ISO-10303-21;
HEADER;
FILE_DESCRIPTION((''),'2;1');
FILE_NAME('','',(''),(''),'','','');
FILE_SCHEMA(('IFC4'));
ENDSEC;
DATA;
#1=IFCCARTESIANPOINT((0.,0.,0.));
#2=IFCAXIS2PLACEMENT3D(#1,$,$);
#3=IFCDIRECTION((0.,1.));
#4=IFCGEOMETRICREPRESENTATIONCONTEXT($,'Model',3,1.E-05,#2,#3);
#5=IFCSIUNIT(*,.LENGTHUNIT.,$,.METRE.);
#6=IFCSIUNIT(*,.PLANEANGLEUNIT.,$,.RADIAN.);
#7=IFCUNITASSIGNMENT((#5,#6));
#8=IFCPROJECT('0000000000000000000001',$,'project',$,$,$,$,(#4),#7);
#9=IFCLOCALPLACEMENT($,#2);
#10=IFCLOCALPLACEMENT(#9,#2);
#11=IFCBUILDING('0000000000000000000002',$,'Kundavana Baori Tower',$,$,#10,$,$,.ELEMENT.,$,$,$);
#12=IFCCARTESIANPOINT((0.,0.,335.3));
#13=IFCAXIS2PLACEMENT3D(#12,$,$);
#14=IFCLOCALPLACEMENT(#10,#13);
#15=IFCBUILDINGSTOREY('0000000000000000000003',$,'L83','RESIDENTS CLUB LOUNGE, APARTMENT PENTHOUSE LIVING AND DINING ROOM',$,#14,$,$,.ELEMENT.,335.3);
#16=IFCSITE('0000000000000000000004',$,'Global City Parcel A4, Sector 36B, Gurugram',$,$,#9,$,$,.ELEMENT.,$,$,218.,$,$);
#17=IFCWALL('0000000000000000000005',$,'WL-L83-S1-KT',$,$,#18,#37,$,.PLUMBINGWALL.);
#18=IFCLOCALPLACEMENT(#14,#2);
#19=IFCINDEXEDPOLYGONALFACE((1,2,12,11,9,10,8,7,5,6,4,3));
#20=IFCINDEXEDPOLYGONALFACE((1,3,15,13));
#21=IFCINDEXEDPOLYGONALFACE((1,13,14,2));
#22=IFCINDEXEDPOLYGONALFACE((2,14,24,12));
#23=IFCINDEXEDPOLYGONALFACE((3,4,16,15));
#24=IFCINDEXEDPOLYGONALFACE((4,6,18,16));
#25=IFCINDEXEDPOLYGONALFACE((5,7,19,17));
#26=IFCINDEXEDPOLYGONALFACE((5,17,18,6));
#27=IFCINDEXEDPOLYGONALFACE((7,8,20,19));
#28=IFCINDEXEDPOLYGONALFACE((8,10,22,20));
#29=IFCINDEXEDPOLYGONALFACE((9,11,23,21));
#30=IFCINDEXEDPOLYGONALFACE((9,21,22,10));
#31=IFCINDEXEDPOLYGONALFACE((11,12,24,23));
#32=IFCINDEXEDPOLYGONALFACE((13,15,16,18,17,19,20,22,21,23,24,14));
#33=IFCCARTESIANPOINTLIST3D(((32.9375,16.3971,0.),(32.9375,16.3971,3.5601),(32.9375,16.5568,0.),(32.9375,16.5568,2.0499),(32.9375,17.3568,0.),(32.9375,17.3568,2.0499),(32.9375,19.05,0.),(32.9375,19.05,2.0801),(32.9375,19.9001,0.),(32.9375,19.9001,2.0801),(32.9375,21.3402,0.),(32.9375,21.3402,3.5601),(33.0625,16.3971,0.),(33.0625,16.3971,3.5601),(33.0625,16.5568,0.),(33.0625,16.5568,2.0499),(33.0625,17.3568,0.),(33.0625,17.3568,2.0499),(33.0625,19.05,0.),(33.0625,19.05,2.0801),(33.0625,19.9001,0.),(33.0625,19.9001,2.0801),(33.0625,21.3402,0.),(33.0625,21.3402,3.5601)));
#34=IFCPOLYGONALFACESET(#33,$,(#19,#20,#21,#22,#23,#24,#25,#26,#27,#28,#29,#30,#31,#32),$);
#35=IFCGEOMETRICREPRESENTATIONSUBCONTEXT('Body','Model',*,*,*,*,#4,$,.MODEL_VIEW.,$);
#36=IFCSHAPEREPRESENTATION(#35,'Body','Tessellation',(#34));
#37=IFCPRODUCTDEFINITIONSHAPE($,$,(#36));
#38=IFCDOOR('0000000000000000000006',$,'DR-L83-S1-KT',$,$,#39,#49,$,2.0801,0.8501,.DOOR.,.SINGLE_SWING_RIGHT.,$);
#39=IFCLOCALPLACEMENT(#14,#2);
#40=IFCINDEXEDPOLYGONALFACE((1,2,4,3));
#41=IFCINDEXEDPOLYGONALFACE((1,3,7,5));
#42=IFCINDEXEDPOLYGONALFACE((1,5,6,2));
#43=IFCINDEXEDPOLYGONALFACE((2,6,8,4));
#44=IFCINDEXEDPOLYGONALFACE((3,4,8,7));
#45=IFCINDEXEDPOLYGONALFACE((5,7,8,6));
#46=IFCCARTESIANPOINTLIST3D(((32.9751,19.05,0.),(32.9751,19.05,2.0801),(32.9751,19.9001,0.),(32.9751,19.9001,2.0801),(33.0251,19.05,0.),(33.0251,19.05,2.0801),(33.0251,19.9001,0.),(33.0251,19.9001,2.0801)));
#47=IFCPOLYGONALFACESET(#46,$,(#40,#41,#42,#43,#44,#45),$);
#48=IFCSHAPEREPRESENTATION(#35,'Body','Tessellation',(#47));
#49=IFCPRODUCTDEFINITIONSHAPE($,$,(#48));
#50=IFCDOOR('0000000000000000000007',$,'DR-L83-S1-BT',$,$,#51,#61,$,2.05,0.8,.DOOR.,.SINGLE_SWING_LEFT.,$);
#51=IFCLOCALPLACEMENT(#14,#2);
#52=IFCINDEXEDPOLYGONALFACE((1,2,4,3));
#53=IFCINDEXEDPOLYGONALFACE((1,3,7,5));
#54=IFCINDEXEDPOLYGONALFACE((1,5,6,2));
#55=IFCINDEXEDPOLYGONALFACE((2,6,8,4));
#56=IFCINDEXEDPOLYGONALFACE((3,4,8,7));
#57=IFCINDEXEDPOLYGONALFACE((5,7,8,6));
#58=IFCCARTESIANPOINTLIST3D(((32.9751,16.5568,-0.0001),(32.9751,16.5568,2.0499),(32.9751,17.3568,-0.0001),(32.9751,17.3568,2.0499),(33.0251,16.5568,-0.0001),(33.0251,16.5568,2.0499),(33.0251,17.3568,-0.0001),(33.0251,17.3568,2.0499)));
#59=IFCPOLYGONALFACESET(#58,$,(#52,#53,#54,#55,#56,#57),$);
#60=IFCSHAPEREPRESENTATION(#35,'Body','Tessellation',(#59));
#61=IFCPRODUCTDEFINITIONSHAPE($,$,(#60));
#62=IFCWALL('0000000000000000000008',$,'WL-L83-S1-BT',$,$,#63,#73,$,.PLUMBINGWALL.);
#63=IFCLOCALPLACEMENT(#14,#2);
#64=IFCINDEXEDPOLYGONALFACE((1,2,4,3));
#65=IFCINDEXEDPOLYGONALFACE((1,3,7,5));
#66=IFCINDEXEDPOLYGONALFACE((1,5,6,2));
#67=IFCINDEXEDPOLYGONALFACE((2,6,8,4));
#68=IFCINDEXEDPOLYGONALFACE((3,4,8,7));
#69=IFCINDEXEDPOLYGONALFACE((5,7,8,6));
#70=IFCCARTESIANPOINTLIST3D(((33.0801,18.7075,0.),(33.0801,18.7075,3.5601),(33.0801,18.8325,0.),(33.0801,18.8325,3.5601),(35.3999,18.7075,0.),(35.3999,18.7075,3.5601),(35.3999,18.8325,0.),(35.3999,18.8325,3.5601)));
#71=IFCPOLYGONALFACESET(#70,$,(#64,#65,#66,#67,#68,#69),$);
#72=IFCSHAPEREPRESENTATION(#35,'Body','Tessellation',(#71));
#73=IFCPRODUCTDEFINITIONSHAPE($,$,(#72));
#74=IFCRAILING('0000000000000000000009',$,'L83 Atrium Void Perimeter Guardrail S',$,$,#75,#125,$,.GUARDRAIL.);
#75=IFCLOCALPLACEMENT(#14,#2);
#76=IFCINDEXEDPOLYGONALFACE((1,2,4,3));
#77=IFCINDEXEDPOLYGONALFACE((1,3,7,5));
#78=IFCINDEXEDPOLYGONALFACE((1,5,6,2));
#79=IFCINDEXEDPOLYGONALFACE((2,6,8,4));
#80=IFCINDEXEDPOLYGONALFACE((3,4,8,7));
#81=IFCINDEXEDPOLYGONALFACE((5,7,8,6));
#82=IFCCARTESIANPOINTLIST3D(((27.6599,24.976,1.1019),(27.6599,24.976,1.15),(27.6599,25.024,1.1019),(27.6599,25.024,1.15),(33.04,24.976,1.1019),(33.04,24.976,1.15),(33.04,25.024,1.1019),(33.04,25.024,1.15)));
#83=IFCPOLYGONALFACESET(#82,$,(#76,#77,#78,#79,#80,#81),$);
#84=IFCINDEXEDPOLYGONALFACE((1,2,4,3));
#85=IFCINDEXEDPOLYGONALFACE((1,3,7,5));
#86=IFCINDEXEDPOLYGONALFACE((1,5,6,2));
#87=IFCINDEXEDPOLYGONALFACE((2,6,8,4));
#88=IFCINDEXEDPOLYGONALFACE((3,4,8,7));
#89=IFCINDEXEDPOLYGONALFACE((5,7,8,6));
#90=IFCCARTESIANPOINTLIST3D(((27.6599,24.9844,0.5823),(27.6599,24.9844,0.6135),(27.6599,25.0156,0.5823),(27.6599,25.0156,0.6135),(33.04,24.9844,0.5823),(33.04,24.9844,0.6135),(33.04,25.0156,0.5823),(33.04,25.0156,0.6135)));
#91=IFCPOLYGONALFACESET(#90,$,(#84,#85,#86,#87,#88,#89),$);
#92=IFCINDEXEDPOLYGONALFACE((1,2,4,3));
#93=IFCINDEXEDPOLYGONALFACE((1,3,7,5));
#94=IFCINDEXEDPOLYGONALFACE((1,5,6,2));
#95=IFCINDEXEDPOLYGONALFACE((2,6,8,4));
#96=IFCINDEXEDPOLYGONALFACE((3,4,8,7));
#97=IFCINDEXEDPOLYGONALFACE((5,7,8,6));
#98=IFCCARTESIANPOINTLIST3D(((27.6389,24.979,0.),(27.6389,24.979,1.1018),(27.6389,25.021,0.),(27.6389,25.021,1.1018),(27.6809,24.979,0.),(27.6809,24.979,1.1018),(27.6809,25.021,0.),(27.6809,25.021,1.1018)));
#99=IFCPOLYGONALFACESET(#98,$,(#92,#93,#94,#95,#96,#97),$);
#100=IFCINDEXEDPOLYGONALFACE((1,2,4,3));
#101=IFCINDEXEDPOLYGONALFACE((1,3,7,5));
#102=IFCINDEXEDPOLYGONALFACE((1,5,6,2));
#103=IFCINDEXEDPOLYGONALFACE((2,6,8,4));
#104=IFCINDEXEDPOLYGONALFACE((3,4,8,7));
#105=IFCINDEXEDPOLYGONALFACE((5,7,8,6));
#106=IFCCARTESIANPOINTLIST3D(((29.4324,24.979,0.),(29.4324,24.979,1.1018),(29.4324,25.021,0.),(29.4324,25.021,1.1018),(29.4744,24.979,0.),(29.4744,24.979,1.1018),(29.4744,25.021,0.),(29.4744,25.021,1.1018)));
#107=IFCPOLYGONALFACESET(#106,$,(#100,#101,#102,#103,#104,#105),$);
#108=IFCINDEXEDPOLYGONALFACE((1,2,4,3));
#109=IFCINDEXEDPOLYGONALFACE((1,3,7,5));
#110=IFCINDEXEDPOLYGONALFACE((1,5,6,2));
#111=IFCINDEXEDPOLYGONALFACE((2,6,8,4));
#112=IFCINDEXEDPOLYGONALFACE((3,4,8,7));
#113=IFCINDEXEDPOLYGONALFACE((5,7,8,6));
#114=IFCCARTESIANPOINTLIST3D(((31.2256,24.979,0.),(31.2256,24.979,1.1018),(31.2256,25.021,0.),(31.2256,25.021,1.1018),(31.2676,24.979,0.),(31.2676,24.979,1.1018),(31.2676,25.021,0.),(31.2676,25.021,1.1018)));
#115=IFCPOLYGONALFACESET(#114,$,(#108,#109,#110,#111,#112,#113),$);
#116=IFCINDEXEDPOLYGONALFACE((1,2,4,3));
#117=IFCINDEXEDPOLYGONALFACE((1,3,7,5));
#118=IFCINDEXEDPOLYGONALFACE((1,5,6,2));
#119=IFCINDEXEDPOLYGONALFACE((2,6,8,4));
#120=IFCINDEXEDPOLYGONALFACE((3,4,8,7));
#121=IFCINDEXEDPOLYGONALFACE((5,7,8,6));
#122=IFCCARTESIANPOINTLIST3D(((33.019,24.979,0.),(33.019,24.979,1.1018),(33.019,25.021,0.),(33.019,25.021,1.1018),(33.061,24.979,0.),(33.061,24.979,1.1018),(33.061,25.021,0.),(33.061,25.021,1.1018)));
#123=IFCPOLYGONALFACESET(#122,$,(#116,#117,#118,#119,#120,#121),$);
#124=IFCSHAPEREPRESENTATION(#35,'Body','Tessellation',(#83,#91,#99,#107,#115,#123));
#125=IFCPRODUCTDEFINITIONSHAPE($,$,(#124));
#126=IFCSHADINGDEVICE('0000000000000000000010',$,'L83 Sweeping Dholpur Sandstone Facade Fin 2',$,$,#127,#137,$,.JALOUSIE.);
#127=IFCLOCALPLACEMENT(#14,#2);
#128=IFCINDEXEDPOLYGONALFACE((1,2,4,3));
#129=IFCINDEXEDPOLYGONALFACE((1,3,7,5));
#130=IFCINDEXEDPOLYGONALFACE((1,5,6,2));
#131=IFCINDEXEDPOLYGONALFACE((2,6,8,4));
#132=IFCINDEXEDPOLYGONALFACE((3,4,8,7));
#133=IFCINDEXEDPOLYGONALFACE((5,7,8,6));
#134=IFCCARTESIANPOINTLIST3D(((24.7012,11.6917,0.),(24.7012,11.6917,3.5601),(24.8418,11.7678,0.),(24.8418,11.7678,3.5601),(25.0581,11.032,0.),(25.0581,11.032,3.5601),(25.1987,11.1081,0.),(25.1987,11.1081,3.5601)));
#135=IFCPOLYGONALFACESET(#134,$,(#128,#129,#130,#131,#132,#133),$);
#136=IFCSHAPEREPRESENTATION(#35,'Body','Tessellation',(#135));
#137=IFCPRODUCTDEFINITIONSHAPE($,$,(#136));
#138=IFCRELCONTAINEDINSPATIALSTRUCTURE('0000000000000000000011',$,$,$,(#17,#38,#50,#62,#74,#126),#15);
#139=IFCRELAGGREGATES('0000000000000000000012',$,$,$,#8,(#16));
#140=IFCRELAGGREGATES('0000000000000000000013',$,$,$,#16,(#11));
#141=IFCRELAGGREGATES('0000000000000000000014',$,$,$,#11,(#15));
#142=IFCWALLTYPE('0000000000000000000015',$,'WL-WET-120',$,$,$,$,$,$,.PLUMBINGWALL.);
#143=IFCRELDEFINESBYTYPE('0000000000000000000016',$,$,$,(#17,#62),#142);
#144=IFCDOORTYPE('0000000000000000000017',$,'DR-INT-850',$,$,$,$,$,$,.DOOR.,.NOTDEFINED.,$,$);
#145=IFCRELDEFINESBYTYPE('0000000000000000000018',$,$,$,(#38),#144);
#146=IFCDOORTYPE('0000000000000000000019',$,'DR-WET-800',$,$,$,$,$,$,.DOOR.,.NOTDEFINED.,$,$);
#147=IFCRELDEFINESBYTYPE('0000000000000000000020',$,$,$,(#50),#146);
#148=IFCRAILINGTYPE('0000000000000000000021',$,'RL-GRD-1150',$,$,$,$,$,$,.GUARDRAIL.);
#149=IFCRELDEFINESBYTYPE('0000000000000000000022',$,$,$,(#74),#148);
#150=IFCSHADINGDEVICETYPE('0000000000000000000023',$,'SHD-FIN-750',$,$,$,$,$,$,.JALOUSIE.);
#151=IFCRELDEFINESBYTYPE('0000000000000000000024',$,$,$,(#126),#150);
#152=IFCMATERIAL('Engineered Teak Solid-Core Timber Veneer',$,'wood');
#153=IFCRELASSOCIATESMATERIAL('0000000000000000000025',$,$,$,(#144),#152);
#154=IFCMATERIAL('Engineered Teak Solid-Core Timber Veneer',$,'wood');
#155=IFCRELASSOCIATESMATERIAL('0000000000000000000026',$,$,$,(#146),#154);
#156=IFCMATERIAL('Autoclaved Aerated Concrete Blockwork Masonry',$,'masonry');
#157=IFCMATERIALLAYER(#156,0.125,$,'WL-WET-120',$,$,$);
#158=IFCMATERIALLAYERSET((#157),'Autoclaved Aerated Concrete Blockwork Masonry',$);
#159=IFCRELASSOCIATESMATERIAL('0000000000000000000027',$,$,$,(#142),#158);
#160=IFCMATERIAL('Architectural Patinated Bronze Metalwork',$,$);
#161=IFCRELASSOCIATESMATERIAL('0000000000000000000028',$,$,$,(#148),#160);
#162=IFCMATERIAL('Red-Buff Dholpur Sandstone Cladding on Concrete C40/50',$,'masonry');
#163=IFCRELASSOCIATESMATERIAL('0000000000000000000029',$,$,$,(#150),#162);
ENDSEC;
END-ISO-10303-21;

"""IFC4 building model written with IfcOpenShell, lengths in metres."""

from ifc_helpers import new_model, si_unit, direction, frame, frame_2d, origin, origin_2d, place, context, subcontext, project, spatial, rectangle, extrude, material, layer, layer_set, type_object, element, fill, save


model = new_model("IFC4")

# Units and contexts
model_context = context("Model", 3, precision=1e-05, world=origin(), true_north=direction((0.0, 1.0)))
body_context = subcontext(model_context, "Body", "Model", "MODEL_VIEW")
ifc_project = project(units=[si_unit("LENGTHUNIT", "METRE"), si_unit("PLANEANGLEUNIT", "RADIAN")], contexts=[model_context])

# Site, building, storey
site_placement = place(None, origin())
site = spatial("IfcSite", under=ifc_project, at=site_placement, Name="Global City Parcel A4, Sector 36B, Gurugram", CompositionType="ELEMENT", RefElevation=218.0)
building_placement = place(site_placement, origin())
building = spatial("IfcBuilding", under=site, at=building_placement, Name="Kundavana Baori Tower", CompositionType="ELEMENT")
storey_placement = place(building_placement, frame((0.0, 0.0, 335.3)))
storey = spatial("IfcBuildingStorey", under=building, at=storey_placement, Name="L83", Description="RESIDENTS CLUB LOUNGE, APARTMENT PENTHOUSE LIVING AND DINING ROOM", CompositionType="ELEMENT", Elevation=335.3)

# Shared definitions
ifc_material_1 = material(Name="Engineered Teak Solid-Core Timber Veneer", Category="wood")
door_type_1 = type_object("IfcDoorType", Name="DR-INT-850", OperationType="NOTDEFINED", PredefinedType="DOOR", material=ifc_material_1)

# Shared definitions
ifc_material_2 = material(Name="Engineered Teak Solid-Core Timber Veneer", Category="wood")
door_type_2 = type_object("IfcDoorType", Name="DR-WET-800", OperationType="NOTDEFINED", PredefinedType="DOOR", material=ifc_material_2)

# Wall, openings, doors
ifc_material_3 = material(Name="Autoclaved Aerated Concrete Blockwork Masonry", Category="masonry")
ifc_layer_1 = layer(ifc_material_3, 0.125, Name="WL-WET-120")
ifc_layer_set_1 = layer_set([ifc_layer_1], Name="Autoclaved Aerated Concrete Blockwork Masonry")
wall_type_1 = type_object("IfcWallType", Name="WL-WET-120", PredefinedType="PLUMBINGWALL", material=ifc_layer_set_1)
wall_1_placement = place(storey_placement, frame((33.0, 16.397, 0.0), z_axis=(0.0, 0.0, 1.0), x_axis=(0.0, 1.0, 0.0)))
wall_1 = element("IfcWall", 1, at=wall_1_placement, inside=storey, type_object=wall_type_1, Name="WL-L83-S1-KT", PredefinedType="PLUMBINGWALL", context=body_context, shape_type="SweptSolid", body=[
    extrude(rectangle(XDim=4.9431, YDim=0.125, at=frame_2d((2.4717, 0.0))), origin(), (0.0, 0.0, 1.0), 3.5601),
])
opening_1_placement = place(wall_1_placement, frame((0.1599, 0.0, 0.0)))
opening_1 = element("IfcOpeningElement", 2, at=opening_1_placement, cuts=wall_1, PredefinedType="OPENING", context=body_context, shape_type="SweptSolid", body=[
    extrude(rectangle(XDim=0.8, YDim=2.05, at=frame_2d((0.3999, 1.0249))), frame((0.0, 0.0725, 0.0), z_axis=(0.0, -1.0, 0.0), x_axis=(1.0, 0.0, 0.0)), (0.0, 0.0, 1.0), 0.145),
])
opening_2_placement = place(wall_1_placement, frame((2.6531, 0.0, 0.0)))
opening_2 = element("IfcOpeningElement", 3, at=opening_2_placement, cuts=wall_1, PredefinedType="OPENING", context=body_context, shape_type="SweptSolid", body=[
    extrude(rectangle(XDim=0.8501, YDim=2.0801, at=frame_2d((0.425, 1.04))), frame((0.0, 0.0725, 0.0), z_axis=(0.0, -1.0, 0.0), x_axis=(1.0, 0.0, 0.0)), (0.0, 0.0, 1.0), 0.145),
])
door_1_placement = place(opening_2_placement, origin())
door_1 = element("IfcDoor", 4, at=door_1_placement, inside=storey, type_object=door_type_1, Name="DR-L83-S1-KT", OperationType="SINGLE_SWING_RIGHT", OverallHeight=2.0801, OverallWidth=0.8501, PredefinedType="DOOR", context=body_context, shape_type="SweptSolid", body=[
    extrude(rectangle(XDim=0.8501, YDim=2.0801, at=frame_2d((0.425, 1.04))), frame((0.0, 0.0249, 0.0), z_axis=(0.0, -1.0, 0.0), x_axis=(1.0, 0.0, 0.0)), (0.0, 0.0, 1.0), 0.05),
])
fill(opening_2, door_1)
door_2_placement = place(opening_1_placement, origin())
door_2 = element("IfcDoor", 5, at=door_2_placement, inside=storey, type_object=door_type_2, Name="DR-L83-S1-BT", OperationType="SINGLE_SWING_LEFT", OverallHeight=2.05, OverallWidth=0.8, PredefinedType="DOOR", context=body_context, shape_type="SweptSolid", body=[
    extrude(rectangle(XDim=0.8, YDim=2.05, at=frame_2d((0.3999, 1.0249))), frame((0.0, 0.0249, 0.0), z_axis=(0.0, -1.0, 0.0), x_axis=(1.0, 0.0, 0.0)), (0.0, 0.0, 1.0), 0.05),
])
fill(opening_1, door_2)

# Wall
wall_2_placement = place(storey_placement, frame((33.0801, 18.77, 0.0), z_axis=(0.0, 0.0, 1.0), x_axis=(1.0, 0.0, 0.0)))
element("IfcWall", 6, at=wall_2_placement, inside=storey, type_object=wall_type_1, Name="WL-L83-S1-BT", PredefinedType="PLUMBINGWALL", context=body_context, shape_type="SweptSolid", body=[
    extrude(rectangle(XDim=2.3198, YDim=0.125, at=frame_2d((1.1599, 0.0))), origin(), (0.0, 0.0, 1.0), 3.5601),
])

# Railing
ifc_material_4 = material(Name="Architectural Patinated Bronze Metalwork")
railing_type = type_object("IfcRailingType", Name="RL-GRD-1150", PredefinedType="GUARDRAIL", material=ifc_material_4)
railing_placement = place(storey_placement, frame((27.6599, 25.0, 0.0)))
element("IfcRailing", 7, at=railing_placement, inside=storey, type_object=railing_type, Name="L83 Atrium Void Perimeter Guardrail S", PredefinedType="GUARDRAIL", context=body_context, shape_type="SweptSolid", body=[
    extrude(rectangle(XDim=0.0481, YDim=0.0481, at=origin_2d()), frame((0.0, 0.0, 1.126), z_axis=(1.0, 0.0, 0.0), x_axis=(0.0, 1.0, 0.0)), (0.0, 0.0, 1.0), 5.3801),
    extrude(rectangle(XDim=0.0312, YDim=0.0312, at=origin_2d()), frame((0.0, 0.0, 0.5979), z_axis=(1.0, 0.0, 0.0), x_axis=(0.0, 1.0, 0.0)), (0.0, 0.0, 1.0), 5.3801),
    extrude(rectangle(XDim=0.042, YDim=0.042, at=origin_2d()), origin(), (0.0, 0.0, 1.0), 1.1018),
    extrude(rectangle(XDim=0.042, YDim=0.042, at=origin_2d()), frame((1.7935, 0.0, 0.0)), (0.0, 0.0, 1.0), 1.1018),
    extrude(rectangle(XDim=0.042, YDim=0.042, at=origin_2d()), frame((3.5867, 0.0, 0.0)), (0.0, 0.0, 1.0), 1.1018),
    extrude(rectangle(XDim=0.042, YDim=0.042, at=origin_2d()), frame((5.3801, 0.0, 0.0)), (0.0, 0.0, 1.0), 1.1018),
])

# Shading device
ifc_material_5 = material(Name="Red-Buff Dholpur Sandstone Cladding on Concrete C40/50", Category="masonry")
shading_device_type = type_object("IfcShadingDeviceType", Name="SHD-FIN-750", PredefinedType="JALOUSIE", material=ifc_material_5)
shading_device_placement = place(storey_placement, frame((24.95, 11.3999, 0.0), z_axis=(0.0, 0.0, 1.0), x_axis=(0.879482, 0.475931, 0.0)))
element("IfcShadingDevice", 8, at=shading_device_placement, inside=storey, type_object=shading_device_type, Name="L83 Sweeping Dholpur Sandstone Facade Fin 2", PredefinedType="JALOUSIE", context=body_context, shape_type="SweptSolid", body=[
    extrude(rectangle(XDim=0.1599, YDim=0.75, at=origin_2d()), origin(), (0.0, 0.0, 1.0), 3.5601),
])

save(model, "model.ifc")
